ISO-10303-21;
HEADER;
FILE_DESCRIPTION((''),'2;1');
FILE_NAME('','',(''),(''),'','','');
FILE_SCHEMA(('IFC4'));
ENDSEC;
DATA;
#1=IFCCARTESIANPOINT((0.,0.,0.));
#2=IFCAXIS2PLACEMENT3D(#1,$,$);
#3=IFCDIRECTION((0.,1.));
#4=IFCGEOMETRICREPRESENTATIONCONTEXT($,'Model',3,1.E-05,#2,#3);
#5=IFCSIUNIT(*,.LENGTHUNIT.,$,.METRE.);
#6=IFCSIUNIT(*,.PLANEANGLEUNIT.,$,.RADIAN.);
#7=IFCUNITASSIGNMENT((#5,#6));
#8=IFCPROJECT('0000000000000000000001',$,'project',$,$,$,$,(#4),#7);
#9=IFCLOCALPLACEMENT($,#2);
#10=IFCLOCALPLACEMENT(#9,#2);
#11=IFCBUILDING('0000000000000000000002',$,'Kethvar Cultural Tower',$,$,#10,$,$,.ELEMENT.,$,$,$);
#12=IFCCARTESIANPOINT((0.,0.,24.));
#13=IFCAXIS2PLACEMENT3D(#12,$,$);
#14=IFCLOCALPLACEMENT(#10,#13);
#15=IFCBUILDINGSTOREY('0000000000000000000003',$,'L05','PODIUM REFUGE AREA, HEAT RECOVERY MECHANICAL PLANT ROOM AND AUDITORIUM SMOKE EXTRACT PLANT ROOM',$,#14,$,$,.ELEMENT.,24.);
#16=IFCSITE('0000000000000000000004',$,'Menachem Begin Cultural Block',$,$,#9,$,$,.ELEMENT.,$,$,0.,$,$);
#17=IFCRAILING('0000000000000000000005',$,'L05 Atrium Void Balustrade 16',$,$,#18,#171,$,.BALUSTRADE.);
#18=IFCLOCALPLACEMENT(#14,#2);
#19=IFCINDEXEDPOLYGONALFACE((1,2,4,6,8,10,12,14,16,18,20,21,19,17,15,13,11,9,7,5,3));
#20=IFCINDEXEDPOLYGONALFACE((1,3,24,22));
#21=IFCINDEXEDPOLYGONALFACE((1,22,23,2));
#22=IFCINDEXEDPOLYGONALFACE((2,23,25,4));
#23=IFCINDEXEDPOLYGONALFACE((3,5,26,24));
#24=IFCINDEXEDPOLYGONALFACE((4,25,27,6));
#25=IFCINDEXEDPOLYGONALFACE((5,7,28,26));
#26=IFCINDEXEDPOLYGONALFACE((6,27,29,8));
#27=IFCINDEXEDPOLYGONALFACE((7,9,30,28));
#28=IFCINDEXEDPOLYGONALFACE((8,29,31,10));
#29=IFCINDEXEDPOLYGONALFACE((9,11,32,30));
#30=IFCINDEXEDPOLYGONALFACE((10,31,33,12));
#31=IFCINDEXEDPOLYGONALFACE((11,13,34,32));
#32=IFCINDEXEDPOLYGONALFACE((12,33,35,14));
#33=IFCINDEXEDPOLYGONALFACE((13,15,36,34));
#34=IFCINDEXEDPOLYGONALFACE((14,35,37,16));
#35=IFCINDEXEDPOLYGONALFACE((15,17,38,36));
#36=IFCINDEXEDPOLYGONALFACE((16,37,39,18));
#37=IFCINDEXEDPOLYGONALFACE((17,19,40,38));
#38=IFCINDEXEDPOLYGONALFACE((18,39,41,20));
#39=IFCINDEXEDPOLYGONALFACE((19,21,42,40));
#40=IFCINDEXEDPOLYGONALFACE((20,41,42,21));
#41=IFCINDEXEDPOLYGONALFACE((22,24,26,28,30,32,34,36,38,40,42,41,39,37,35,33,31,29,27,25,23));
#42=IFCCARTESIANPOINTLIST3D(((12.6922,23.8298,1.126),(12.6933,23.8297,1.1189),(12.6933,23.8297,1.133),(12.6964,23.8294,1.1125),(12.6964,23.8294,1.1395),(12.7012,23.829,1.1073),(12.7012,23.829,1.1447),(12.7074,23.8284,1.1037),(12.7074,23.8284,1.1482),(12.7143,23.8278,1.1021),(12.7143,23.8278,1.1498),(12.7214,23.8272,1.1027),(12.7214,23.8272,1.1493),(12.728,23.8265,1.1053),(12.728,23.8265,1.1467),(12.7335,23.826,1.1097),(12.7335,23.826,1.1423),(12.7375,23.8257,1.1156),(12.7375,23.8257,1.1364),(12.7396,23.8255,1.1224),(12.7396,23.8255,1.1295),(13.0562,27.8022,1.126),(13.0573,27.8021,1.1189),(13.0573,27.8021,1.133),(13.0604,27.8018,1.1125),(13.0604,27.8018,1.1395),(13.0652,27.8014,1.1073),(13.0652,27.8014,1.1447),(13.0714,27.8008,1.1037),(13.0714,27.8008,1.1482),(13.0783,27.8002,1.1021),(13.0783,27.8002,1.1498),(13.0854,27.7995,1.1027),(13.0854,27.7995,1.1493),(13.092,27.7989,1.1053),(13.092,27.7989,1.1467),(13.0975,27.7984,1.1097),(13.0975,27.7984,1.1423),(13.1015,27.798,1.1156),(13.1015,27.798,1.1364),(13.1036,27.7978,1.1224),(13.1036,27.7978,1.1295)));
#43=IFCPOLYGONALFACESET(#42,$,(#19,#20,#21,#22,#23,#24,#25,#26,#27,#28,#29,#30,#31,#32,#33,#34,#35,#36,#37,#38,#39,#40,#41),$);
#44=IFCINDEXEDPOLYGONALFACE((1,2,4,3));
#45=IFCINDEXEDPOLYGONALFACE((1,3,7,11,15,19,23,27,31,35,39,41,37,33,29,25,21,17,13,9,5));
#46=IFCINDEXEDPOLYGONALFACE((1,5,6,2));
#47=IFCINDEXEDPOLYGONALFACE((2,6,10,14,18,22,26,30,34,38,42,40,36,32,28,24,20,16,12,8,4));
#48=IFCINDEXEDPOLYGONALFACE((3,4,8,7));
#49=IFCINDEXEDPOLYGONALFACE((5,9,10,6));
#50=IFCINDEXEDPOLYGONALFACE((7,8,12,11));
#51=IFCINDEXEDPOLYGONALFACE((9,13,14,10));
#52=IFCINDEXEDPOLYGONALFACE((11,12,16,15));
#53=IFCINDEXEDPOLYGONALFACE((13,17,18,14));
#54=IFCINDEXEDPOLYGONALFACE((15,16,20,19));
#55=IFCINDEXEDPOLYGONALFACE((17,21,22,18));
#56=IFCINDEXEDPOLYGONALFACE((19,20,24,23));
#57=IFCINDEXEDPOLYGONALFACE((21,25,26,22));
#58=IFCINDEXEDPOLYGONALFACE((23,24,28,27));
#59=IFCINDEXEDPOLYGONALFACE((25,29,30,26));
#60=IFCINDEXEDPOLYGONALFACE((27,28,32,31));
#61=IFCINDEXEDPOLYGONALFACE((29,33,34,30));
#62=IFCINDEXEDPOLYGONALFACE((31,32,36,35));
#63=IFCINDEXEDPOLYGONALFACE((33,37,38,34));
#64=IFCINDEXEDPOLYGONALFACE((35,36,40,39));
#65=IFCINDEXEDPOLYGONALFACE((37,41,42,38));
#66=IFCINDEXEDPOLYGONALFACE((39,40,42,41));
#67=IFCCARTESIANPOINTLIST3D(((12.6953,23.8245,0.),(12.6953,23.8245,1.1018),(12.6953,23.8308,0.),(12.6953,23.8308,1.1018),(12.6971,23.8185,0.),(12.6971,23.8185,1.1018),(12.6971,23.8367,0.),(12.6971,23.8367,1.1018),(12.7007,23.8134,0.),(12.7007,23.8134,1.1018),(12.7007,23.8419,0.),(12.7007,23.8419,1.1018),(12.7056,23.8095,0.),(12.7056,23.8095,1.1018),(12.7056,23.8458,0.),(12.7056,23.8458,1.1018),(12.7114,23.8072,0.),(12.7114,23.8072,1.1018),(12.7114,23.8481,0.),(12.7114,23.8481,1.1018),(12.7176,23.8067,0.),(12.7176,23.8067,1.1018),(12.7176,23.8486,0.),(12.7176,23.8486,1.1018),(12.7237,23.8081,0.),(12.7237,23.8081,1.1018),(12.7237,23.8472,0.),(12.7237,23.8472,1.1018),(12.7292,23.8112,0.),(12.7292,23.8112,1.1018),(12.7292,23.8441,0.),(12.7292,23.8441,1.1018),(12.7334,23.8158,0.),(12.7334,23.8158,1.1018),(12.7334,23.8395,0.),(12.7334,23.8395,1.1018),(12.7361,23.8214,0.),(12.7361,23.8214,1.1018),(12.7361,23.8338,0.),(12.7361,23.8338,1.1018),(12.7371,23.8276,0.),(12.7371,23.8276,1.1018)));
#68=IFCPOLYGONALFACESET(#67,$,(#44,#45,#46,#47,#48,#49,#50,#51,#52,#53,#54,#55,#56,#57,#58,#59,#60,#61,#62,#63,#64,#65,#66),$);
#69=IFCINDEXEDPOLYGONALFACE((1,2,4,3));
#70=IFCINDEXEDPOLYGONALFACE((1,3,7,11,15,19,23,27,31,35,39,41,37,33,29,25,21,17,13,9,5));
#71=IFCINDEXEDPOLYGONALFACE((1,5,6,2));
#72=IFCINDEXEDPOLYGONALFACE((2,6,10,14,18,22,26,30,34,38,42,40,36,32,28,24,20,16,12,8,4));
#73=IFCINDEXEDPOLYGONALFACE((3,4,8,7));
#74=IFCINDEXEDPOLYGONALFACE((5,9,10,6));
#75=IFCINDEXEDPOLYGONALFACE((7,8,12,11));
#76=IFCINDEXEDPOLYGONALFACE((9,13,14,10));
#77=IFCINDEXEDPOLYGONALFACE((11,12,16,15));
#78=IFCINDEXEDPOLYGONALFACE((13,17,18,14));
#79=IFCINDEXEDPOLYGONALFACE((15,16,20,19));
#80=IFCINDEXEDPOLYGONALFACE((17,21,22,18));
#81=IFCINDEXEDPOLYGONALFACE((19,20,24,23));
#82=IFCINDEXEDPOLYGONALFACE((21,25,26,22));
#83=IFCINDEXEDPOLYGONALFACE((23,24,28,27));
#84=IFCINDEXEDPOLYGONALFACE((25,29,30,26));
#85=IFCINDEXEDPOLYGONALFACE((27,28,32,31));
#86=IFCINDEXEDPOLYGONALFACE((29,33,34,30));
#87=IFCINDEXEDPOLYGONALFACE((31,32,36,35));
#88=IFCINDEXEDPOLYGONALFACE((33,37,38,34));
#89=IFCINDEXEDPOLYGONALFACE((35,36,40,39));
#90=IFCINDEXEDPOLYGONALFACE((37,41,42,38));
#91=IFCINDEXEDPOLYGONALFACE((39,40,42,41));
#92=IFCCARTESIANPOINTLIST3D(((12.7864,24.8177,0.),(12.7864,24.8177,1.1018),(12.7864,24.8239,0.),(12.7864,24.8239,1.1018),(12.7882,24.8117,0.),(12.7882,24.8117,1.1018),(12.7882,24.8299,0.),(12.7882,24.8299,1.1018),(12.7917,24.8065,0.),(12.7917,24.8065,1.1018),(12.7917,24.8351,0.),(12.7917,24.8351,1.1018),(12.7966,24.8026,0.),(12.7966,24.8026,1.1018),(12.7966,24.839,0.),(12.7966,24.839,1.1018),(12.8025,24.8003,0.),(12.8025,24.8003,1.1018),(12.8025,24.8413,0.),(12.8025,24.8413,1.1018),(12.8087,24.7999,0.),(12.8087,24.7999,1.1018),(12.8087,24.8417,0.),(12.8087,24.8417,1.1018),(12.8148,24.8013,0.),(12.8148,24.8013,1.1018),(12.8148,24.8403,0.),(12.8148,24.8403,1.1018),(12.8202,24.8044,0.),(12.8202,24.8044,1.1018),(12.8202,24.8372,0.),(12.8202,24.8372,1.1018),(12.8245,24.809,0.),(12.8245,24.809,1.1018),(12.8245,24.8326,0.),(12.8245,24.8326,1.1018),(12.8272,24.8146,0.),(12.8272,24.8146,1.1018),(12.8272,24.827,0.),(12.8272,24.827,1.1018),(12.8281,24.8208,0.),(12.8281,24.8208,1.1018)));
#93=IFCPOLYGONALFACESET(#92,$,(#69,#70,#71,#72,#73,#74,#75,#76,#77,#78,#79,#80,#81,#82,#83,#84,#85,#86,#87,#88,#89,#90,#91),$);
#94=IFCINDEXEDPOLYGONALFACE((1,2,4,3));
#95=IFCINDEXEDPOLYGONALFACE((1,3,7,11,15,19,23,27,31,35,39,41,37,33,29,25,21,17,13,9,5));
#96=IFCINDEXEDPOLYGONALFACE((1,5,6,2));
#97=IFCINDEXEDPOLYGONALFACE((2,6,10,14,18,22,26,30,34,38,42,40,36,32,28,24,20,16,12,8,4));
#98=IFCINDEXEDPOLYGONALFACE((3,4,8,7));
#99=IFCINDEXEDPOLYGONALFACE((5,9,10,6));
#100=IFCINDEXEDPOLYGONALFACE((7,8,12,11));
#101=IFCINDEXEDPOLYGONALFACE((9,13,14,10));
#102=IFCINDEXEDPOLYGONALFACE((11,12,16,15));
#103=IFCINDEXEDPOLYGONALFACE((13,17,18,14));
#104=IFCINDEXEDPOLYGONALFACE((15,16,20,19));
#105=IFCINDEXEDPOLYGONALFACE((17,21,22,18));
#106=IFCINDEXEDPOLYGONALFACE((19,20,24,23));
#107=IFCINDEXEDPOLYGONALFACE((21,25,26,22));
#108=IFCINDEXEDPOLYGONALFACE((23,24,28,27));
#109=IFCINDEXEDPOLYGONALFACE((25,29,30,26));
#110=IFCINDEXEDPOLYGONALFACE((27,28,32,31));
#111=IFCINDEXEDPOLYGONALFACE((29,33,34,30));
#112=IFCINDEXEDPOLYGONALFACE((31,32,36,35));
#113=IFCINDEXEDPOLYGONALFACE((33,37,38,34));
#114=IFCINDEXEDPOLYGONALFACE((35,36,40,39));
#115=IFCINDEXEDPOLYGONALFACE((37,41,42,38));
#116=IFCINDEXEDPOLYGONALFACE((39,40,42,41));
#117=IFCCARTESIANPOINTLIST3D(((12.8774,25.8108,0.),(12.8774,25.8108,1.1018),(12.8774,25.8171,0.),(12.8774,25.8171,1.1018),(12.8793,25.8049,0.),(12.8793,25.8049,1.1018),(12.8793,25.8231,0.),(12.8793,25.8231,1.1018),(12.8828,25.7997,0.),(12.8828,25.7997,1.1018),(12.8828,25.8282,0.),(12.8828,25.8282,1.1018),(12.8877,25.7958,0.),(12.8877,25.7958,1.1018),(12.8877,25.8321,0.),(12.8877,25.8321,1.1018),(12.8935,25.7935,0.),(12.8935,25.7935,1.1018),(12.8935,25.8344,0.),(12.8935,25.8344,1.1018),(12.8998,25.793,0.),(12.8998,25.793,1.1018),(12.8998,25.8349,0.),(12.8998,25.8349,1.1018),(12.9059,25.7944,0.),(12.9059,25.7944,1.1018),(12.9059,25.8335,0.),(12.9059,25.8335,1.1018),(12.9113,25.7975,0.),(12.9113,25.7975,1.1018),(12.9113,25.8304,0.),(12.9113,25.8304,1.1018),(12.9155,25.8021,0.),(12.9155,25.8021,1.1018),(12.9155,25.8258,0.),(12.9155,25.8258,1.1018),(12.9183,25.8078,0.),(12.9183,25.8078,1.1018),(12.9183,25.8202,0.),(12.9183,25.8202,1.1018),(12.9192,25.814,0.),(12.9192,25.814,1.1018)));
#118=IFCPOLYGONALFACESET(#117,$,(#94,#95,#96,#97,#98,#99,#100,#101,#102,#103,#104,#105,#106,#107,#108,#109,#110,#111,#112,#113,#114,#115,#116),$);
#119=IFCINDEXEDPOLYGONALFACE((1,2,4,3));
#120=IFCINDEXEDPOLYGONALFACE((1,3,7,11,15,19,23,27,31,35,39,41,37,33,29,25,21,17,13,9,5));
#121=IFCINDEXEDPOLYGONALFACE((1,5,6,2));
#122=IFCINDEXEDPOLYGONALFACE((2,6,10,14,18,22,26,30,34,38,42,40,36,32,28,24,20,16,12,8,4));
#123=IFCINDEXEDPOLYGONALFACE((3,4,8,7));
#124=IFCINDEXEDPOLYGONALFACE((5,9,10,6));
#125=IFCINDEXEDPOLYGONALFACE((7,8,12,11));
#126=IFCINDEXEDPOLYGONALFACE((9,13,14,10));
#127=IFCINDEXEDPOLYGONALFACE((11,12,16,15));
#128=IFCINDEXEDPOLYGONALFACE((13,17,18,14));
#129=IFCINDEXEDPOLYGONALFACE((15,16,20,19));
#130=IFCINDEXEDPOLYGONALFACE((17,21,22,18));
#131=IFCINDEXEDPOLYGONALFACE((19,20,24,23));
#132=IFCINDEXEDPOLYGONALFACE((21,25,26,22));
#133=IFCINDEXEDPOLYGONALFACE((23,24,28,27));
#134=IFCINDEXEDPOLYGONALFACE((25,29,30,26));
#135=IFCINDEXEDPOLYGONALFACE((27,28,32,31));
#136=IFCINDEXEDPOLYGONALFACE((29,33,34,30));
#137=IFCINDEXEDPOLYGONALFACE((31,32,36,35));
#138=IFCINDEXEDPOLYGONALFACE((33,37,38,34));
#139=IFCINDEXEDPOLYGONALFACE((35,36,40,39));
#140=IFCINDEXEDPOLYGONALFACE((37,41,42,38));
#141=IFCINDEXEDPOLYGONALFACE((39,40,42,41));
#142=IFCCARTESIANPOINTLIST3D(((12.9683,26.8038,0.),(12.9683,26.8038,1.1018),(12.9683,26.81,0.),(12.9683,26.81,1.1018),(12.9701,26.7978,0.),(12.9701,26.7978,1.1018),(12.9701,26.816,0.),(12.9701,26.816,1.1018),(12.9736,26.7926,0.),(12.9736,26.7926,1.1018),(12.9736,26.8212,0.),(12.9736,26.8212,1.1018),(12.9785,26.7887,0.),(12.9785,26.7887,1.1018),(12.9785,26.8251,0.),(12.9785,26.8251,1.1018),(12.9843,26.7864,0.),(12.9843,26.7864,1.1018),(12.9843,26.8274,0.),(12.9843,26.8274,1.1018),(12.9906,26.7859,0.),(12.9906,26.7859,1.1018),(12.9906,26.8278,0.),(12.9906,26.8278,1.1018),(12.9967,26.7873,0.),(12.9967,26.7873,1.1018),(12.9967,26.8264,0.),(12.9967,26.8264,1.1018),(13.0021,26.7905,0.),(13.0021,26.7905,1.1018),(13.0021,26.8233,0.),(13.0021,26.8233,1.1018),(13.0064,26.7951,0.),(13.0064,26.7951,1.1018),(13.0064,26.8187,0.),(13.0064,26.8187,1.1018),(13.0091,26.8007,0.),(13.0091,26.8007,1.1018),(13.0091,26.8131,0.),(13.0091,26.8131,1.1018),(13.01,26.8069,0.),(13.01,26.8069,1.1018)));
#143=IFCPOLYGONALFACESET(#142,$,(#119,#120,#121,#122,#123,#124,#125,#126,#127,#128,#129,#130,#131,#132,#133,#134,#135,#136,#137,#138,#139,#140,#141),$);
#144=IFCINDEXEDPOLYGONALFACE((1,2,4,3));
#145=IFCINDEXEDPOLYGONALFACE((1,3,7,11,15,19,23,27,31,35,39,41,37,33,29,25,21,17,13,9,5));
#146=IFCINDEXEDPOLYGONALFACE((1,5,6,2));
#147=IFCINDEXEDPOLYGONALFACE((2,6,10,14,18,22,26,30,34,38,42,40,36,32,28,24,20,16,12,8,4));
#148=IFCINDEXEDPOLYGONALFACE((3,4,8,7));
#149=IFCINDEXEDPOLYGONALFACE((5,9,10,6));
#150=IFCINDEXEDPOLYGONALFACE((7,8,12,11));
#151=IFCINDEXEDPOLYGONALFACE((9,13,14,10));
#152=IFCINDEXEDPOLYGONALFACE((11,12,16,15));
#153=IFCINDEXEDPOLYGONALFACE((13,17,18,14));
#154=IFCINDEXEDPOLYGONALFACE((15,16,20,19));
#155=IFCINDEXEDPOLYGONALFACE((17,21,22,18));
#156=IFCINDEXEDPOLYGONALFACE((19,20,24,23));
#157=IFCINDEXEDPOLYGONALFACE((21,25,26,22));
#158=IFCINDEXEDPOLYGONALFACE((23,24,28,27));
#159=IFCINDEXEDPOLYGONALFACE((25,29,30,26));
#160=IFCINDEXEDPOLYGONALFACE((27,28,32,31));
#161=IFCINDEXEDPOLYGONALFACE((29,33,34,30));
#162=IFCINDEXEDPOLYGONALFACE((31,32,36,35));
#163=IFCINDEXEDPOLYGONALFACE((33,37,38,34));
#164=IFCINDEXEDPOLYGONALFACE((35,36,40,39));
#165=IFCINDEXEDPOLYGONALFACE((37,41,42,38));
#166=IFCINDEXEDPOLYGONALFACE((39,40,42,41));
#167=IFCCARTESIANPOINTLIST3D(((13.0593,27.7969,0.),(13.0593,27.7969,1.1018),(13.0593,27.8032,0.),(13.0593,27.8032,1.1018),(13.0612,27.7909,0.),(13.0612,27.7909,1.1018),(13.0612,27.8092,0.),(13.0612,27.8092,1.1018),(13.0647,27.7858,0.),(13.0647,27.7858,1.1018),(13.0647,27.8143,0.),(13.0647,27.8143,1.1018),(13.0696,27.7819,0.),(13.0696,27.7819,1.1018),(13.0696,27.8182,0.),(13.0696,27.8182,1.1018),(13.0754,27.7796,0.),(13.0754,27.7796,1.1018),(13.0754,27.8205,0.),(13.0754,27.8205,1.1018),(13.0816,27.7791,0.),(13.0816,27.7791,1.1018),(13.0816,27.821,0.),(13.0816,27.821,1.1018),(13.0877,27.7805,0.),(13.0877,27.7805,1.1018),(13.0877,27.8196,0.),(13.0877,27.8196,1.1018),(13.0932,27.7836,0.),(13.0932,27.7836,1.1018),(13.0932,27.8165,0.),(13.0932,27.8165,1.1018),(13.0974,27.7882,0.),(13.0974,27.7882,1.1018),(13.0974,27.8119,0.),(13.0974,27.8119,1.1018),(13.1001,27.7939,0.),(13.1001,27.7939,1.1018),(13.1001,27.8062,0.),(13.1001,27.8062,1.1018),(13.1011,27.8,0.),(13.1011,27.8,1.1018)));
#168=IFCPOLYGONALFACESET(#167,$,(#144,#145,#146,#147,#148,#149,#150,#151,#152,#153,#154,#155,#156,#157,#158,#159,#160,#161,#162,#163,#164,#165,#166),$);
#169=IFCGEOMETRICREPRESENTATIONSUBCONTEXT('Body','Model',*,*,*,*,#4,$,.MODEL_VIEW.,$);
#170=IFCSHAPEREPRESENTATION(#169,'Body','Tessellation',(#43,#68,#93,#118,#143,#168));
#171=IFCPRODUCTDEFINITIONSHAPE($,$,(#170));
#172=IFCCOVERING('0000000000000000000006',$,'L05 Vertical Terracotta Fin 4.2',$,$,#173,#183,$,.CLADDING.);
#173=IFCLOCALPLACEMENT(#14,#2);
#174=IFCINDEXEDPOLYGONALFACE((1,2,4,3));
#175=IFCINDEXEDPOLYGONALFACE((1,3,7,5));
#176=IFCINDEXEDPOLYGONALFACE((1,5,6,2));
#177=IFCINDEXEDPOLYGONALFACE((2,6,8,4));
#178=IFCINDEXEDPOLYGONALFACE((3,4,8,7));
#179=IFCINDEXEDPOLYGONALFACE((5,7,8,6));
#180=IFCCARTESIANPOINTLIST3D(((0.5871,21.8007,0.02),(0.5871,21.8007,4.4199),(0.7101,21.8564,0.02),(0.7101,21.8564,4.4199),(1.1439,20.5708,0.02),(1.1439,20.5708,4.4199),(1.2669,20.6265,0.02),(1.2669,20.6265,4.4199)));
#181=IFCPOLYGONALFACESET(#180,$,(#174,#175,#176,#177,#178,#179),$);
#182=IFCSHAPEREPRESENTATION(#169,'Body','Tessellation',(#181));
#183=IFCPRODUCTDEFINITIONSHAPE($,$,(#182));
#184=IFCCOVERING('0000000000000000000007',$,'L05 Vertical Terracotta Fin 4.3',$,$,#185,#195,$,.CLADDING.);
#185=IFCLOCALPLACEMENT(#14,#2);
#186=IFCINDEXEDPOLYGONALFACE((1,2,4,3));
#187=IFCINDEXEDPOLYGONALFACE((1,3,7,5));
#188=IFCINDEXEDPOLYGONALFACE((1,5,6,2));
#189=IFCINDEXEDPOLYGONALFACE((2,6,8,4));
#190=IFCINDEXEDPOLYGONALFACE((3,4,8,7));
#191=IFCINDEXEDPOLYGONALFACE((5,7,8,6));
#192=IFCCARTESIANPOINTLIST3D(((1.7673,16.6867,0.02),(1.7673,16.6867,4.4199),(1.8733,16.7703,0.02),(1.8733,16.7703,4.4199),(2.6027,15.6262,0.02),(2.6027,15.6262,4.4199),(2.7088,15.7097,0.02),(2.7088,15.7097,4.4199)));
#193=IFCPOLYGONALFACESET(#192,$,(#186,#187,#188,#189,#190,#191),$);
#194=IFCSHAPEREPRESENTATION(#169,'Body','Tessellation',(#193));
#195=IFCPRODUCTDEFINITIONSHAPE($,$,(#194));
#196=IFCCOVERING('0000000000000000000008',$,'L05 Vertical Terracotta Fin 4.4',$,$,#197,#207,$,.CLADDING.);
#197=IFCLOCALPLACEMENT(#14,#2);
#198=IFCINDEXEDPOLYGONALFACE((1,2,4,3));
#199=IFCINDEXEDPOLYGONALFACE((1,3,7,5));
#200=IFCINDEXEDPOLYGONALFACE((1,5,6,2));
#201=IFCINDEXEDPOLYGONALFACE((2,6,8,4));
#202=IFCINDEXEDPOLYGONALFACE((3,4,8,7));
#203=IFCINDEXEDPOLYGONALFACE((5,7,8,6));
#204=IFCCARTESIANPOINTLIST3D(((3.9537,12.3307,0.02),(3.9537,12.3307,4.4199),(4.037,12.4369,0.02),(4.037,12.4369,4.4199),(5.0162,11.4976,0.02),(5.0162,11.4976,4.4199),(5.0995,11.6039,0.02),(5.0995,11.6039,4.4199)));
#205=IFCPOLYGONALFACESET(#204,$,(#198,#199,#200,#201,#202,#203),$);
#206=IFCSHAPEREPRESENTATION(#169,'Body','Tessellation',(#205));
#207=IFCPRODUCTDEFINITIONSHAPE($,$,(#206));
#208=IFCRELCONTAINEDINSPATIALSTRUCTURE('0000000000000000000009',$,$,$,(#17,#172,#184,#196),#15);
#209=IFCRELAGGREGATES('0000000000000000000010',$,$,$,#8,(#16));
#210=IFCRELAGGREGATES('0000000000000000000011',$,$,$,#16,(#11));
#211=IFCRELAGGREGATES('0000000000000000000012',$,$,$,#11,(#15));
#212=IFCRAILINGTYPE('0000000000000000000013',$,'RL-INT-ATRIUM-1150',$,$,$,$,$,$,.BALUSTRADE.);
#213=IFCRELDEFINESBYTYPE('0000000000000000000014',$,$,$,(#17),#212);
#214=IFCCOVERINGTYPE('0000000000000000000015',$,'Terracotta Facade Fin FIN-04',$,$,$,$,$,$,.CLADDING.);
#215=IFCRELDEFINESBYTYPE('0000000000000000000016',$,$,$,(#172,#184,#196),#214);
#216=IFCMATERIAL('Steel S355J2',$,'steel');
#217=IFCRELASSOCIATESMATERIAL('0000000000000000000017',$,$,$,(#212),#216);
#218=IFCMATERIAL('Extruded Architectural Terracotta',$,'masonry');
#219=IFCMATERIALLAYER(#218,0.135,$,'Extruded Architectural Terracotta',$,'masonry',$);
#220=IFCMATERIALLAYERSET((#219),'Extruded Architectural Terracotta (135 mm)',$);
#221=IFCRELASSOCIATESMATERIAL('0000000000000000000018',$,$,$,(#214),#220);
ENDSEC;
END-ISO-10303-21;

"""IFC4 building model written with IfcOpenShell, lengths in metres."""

from ifc_helpers import new_model, si_unit, direction, frame, origin, origin_2d, place, context, subcontext, project, spatial, rectangle, circle, extrude, source, transform, mapped, material, layer, layer_set, type_object, element, save


model = new_model("IFC4")

# Units and contexts
model_context = context("Model", 3, precision=1e-05, world=origin(), true_north=direction((0.0, 1.0)))
body_context = subcontext(model_context, "Body", "Model", "MODEL_VIEW")
ifc_project = project(units=[si_unit("LENGTHUNIT", "METRE"), si_unit("PLANEANGLEUNIT", "RADIAN")], contexts=[model_context])

# Site, building, storey
site_placement = place(None, origin())
site = spatial("IfcSite", under=ifc_project, at=site_placement, Name="Menachem Begin Cultural Block", CompositionType="ELEMENT", RefElevation=0.0)
building_placement = place(site_placement, origin())
building = spatial("IfcBuilding", under=site, at=building_placement, Name="Kethvar Cultural Tower", CompositionType="ELEMENT")
storey_placement = place(building_placement, frame((0.0, 0.0, 24.0)))
storey = spatial("IfcBuildingStorey", under=building, at=storey_placement, Name="L05", Description="PODIUM REFUGE AREA, HEAT RECOVERY MECHANICAL PLANT ROOM AND AUDITORIUM SMOKE EXTRACT PLANT ROOM", CompositionType="ELEMENT", Elevation=24.0)

# Shared definitions
ifc_material_1 = material(Name="Steel S355J2", Category="steel")

# Railing
railing_type = type_object("IfcRailingType", Name="RL-INT-ATRIUM-1150", PredefinedType="BALUSTRADE", material=ifc_material_1)
railing_1_placement = place(storey_placement, frame((12.7161, 23.8276, 0.0)))
element("IfcRailing", 1, at=railing_1_placement, inside=storey, type_object=railing_type, Name="L05 Atrium Void Balustrade 16", PredefinedType="BALUSTRADE", context=body_context, shape_type="SweptSolid", body=[
    extrude(circle(Radius=0.0239, at=origin_2d()), frame((0.0, 0.0, 1.126), z_axis=(0.091253, 0.995828, 0.0), x_axis=(-0.995828, 0.091253, 0.0)), (0.0, 0.0, 1.0), 3.989),
    extrude(circle(Radius=0.021, at=origin_2d()), origin(), (0.0, 0.0, 1.0), 1.1018),
    extrude(circle(Radius=0.021, at=origin_2d()), frame((0.0911, 0.9932, 0.0)), (0.0, 0.0, 1.0), 1.1018),
    extrude(circle(Radius=0.021, at=origin_2d()), frame((0.1821, 1.9863, 0.0)), (0.0, 0.0, 1.0), 1.1018),
    extrude(circle(Radius=0.021, at=origin_2d()), frame((0.2729, 2.9792, 0.0)), (0.0, 0.0, 1.0), 1.1018),
    extrude(circle(Radius=0.021, at=origin_2d()), frame((0.364, 3.9724, 0.0)), (0.0, 0.0, 1.0), 1.1018),
])

# Coverings
ifc_material_2 = material(Name="Extruded Architectural Terracotta", Category="masonry")
ifc_layer_1 = layer(ifc_material_2, 0.135, Name="Extruded Architectural Terracotta", Category="masonry")
ifc_layer_set_1 = layer_set([ifc_layer_1], Name="Extruded Architectural Terracotta (135 mm)")
covering_type = type_object("IfcCoveringType", Name="Terracotta Facade Fin FIN-04", PredefinedType="CLADDING", material=ifc_layer_set_1)
shared_shape_1 = source(origin(), body_context, "Body", "SweptSolid", [
    extrude(rectangle(XDim=1.3501, YDim=0.135, at=origin_2d()), origin(), (0.0, 0.0, 1.0), 4.3999),
])
for number, where, z_axis, x_axis, name in (
    (2, (0.927, 21.2136, 0.02), (0.0, 0.0, 1.0), (-0.412469, 0.910972, 0.0), "L05 Vertical Terracotta Fin 4.2"),
    (3, (2.238, 16.1982, 0.02), (0.0, 0.0, 1.0), (-0.61882, 0.785533, 0.0), "L05 Vertical Terracotta Fin 4.3"),
    (4, (4.5266, 11.9673, 0.02), (0.0, 0.0, 1.0), (-0.786935, 0.617036, 0.0), "L05 Vertical Terracotta Fin 4.4"),
):
    element("IfcCovering", number, at=place(storey_placement, frame(where, z_axis=z_axis, x_axis=x_axis)), inside=storey, type_object=covering_type, Name=name, PredefinedType="CLADDING", context=body_context, shape_type="MappedRepresentation", body=[
        mapped(shared_shape_1, transform((0.0, 0.0, 0.0), scale=1.0)),
    ])

save(model, "model.ifc")
